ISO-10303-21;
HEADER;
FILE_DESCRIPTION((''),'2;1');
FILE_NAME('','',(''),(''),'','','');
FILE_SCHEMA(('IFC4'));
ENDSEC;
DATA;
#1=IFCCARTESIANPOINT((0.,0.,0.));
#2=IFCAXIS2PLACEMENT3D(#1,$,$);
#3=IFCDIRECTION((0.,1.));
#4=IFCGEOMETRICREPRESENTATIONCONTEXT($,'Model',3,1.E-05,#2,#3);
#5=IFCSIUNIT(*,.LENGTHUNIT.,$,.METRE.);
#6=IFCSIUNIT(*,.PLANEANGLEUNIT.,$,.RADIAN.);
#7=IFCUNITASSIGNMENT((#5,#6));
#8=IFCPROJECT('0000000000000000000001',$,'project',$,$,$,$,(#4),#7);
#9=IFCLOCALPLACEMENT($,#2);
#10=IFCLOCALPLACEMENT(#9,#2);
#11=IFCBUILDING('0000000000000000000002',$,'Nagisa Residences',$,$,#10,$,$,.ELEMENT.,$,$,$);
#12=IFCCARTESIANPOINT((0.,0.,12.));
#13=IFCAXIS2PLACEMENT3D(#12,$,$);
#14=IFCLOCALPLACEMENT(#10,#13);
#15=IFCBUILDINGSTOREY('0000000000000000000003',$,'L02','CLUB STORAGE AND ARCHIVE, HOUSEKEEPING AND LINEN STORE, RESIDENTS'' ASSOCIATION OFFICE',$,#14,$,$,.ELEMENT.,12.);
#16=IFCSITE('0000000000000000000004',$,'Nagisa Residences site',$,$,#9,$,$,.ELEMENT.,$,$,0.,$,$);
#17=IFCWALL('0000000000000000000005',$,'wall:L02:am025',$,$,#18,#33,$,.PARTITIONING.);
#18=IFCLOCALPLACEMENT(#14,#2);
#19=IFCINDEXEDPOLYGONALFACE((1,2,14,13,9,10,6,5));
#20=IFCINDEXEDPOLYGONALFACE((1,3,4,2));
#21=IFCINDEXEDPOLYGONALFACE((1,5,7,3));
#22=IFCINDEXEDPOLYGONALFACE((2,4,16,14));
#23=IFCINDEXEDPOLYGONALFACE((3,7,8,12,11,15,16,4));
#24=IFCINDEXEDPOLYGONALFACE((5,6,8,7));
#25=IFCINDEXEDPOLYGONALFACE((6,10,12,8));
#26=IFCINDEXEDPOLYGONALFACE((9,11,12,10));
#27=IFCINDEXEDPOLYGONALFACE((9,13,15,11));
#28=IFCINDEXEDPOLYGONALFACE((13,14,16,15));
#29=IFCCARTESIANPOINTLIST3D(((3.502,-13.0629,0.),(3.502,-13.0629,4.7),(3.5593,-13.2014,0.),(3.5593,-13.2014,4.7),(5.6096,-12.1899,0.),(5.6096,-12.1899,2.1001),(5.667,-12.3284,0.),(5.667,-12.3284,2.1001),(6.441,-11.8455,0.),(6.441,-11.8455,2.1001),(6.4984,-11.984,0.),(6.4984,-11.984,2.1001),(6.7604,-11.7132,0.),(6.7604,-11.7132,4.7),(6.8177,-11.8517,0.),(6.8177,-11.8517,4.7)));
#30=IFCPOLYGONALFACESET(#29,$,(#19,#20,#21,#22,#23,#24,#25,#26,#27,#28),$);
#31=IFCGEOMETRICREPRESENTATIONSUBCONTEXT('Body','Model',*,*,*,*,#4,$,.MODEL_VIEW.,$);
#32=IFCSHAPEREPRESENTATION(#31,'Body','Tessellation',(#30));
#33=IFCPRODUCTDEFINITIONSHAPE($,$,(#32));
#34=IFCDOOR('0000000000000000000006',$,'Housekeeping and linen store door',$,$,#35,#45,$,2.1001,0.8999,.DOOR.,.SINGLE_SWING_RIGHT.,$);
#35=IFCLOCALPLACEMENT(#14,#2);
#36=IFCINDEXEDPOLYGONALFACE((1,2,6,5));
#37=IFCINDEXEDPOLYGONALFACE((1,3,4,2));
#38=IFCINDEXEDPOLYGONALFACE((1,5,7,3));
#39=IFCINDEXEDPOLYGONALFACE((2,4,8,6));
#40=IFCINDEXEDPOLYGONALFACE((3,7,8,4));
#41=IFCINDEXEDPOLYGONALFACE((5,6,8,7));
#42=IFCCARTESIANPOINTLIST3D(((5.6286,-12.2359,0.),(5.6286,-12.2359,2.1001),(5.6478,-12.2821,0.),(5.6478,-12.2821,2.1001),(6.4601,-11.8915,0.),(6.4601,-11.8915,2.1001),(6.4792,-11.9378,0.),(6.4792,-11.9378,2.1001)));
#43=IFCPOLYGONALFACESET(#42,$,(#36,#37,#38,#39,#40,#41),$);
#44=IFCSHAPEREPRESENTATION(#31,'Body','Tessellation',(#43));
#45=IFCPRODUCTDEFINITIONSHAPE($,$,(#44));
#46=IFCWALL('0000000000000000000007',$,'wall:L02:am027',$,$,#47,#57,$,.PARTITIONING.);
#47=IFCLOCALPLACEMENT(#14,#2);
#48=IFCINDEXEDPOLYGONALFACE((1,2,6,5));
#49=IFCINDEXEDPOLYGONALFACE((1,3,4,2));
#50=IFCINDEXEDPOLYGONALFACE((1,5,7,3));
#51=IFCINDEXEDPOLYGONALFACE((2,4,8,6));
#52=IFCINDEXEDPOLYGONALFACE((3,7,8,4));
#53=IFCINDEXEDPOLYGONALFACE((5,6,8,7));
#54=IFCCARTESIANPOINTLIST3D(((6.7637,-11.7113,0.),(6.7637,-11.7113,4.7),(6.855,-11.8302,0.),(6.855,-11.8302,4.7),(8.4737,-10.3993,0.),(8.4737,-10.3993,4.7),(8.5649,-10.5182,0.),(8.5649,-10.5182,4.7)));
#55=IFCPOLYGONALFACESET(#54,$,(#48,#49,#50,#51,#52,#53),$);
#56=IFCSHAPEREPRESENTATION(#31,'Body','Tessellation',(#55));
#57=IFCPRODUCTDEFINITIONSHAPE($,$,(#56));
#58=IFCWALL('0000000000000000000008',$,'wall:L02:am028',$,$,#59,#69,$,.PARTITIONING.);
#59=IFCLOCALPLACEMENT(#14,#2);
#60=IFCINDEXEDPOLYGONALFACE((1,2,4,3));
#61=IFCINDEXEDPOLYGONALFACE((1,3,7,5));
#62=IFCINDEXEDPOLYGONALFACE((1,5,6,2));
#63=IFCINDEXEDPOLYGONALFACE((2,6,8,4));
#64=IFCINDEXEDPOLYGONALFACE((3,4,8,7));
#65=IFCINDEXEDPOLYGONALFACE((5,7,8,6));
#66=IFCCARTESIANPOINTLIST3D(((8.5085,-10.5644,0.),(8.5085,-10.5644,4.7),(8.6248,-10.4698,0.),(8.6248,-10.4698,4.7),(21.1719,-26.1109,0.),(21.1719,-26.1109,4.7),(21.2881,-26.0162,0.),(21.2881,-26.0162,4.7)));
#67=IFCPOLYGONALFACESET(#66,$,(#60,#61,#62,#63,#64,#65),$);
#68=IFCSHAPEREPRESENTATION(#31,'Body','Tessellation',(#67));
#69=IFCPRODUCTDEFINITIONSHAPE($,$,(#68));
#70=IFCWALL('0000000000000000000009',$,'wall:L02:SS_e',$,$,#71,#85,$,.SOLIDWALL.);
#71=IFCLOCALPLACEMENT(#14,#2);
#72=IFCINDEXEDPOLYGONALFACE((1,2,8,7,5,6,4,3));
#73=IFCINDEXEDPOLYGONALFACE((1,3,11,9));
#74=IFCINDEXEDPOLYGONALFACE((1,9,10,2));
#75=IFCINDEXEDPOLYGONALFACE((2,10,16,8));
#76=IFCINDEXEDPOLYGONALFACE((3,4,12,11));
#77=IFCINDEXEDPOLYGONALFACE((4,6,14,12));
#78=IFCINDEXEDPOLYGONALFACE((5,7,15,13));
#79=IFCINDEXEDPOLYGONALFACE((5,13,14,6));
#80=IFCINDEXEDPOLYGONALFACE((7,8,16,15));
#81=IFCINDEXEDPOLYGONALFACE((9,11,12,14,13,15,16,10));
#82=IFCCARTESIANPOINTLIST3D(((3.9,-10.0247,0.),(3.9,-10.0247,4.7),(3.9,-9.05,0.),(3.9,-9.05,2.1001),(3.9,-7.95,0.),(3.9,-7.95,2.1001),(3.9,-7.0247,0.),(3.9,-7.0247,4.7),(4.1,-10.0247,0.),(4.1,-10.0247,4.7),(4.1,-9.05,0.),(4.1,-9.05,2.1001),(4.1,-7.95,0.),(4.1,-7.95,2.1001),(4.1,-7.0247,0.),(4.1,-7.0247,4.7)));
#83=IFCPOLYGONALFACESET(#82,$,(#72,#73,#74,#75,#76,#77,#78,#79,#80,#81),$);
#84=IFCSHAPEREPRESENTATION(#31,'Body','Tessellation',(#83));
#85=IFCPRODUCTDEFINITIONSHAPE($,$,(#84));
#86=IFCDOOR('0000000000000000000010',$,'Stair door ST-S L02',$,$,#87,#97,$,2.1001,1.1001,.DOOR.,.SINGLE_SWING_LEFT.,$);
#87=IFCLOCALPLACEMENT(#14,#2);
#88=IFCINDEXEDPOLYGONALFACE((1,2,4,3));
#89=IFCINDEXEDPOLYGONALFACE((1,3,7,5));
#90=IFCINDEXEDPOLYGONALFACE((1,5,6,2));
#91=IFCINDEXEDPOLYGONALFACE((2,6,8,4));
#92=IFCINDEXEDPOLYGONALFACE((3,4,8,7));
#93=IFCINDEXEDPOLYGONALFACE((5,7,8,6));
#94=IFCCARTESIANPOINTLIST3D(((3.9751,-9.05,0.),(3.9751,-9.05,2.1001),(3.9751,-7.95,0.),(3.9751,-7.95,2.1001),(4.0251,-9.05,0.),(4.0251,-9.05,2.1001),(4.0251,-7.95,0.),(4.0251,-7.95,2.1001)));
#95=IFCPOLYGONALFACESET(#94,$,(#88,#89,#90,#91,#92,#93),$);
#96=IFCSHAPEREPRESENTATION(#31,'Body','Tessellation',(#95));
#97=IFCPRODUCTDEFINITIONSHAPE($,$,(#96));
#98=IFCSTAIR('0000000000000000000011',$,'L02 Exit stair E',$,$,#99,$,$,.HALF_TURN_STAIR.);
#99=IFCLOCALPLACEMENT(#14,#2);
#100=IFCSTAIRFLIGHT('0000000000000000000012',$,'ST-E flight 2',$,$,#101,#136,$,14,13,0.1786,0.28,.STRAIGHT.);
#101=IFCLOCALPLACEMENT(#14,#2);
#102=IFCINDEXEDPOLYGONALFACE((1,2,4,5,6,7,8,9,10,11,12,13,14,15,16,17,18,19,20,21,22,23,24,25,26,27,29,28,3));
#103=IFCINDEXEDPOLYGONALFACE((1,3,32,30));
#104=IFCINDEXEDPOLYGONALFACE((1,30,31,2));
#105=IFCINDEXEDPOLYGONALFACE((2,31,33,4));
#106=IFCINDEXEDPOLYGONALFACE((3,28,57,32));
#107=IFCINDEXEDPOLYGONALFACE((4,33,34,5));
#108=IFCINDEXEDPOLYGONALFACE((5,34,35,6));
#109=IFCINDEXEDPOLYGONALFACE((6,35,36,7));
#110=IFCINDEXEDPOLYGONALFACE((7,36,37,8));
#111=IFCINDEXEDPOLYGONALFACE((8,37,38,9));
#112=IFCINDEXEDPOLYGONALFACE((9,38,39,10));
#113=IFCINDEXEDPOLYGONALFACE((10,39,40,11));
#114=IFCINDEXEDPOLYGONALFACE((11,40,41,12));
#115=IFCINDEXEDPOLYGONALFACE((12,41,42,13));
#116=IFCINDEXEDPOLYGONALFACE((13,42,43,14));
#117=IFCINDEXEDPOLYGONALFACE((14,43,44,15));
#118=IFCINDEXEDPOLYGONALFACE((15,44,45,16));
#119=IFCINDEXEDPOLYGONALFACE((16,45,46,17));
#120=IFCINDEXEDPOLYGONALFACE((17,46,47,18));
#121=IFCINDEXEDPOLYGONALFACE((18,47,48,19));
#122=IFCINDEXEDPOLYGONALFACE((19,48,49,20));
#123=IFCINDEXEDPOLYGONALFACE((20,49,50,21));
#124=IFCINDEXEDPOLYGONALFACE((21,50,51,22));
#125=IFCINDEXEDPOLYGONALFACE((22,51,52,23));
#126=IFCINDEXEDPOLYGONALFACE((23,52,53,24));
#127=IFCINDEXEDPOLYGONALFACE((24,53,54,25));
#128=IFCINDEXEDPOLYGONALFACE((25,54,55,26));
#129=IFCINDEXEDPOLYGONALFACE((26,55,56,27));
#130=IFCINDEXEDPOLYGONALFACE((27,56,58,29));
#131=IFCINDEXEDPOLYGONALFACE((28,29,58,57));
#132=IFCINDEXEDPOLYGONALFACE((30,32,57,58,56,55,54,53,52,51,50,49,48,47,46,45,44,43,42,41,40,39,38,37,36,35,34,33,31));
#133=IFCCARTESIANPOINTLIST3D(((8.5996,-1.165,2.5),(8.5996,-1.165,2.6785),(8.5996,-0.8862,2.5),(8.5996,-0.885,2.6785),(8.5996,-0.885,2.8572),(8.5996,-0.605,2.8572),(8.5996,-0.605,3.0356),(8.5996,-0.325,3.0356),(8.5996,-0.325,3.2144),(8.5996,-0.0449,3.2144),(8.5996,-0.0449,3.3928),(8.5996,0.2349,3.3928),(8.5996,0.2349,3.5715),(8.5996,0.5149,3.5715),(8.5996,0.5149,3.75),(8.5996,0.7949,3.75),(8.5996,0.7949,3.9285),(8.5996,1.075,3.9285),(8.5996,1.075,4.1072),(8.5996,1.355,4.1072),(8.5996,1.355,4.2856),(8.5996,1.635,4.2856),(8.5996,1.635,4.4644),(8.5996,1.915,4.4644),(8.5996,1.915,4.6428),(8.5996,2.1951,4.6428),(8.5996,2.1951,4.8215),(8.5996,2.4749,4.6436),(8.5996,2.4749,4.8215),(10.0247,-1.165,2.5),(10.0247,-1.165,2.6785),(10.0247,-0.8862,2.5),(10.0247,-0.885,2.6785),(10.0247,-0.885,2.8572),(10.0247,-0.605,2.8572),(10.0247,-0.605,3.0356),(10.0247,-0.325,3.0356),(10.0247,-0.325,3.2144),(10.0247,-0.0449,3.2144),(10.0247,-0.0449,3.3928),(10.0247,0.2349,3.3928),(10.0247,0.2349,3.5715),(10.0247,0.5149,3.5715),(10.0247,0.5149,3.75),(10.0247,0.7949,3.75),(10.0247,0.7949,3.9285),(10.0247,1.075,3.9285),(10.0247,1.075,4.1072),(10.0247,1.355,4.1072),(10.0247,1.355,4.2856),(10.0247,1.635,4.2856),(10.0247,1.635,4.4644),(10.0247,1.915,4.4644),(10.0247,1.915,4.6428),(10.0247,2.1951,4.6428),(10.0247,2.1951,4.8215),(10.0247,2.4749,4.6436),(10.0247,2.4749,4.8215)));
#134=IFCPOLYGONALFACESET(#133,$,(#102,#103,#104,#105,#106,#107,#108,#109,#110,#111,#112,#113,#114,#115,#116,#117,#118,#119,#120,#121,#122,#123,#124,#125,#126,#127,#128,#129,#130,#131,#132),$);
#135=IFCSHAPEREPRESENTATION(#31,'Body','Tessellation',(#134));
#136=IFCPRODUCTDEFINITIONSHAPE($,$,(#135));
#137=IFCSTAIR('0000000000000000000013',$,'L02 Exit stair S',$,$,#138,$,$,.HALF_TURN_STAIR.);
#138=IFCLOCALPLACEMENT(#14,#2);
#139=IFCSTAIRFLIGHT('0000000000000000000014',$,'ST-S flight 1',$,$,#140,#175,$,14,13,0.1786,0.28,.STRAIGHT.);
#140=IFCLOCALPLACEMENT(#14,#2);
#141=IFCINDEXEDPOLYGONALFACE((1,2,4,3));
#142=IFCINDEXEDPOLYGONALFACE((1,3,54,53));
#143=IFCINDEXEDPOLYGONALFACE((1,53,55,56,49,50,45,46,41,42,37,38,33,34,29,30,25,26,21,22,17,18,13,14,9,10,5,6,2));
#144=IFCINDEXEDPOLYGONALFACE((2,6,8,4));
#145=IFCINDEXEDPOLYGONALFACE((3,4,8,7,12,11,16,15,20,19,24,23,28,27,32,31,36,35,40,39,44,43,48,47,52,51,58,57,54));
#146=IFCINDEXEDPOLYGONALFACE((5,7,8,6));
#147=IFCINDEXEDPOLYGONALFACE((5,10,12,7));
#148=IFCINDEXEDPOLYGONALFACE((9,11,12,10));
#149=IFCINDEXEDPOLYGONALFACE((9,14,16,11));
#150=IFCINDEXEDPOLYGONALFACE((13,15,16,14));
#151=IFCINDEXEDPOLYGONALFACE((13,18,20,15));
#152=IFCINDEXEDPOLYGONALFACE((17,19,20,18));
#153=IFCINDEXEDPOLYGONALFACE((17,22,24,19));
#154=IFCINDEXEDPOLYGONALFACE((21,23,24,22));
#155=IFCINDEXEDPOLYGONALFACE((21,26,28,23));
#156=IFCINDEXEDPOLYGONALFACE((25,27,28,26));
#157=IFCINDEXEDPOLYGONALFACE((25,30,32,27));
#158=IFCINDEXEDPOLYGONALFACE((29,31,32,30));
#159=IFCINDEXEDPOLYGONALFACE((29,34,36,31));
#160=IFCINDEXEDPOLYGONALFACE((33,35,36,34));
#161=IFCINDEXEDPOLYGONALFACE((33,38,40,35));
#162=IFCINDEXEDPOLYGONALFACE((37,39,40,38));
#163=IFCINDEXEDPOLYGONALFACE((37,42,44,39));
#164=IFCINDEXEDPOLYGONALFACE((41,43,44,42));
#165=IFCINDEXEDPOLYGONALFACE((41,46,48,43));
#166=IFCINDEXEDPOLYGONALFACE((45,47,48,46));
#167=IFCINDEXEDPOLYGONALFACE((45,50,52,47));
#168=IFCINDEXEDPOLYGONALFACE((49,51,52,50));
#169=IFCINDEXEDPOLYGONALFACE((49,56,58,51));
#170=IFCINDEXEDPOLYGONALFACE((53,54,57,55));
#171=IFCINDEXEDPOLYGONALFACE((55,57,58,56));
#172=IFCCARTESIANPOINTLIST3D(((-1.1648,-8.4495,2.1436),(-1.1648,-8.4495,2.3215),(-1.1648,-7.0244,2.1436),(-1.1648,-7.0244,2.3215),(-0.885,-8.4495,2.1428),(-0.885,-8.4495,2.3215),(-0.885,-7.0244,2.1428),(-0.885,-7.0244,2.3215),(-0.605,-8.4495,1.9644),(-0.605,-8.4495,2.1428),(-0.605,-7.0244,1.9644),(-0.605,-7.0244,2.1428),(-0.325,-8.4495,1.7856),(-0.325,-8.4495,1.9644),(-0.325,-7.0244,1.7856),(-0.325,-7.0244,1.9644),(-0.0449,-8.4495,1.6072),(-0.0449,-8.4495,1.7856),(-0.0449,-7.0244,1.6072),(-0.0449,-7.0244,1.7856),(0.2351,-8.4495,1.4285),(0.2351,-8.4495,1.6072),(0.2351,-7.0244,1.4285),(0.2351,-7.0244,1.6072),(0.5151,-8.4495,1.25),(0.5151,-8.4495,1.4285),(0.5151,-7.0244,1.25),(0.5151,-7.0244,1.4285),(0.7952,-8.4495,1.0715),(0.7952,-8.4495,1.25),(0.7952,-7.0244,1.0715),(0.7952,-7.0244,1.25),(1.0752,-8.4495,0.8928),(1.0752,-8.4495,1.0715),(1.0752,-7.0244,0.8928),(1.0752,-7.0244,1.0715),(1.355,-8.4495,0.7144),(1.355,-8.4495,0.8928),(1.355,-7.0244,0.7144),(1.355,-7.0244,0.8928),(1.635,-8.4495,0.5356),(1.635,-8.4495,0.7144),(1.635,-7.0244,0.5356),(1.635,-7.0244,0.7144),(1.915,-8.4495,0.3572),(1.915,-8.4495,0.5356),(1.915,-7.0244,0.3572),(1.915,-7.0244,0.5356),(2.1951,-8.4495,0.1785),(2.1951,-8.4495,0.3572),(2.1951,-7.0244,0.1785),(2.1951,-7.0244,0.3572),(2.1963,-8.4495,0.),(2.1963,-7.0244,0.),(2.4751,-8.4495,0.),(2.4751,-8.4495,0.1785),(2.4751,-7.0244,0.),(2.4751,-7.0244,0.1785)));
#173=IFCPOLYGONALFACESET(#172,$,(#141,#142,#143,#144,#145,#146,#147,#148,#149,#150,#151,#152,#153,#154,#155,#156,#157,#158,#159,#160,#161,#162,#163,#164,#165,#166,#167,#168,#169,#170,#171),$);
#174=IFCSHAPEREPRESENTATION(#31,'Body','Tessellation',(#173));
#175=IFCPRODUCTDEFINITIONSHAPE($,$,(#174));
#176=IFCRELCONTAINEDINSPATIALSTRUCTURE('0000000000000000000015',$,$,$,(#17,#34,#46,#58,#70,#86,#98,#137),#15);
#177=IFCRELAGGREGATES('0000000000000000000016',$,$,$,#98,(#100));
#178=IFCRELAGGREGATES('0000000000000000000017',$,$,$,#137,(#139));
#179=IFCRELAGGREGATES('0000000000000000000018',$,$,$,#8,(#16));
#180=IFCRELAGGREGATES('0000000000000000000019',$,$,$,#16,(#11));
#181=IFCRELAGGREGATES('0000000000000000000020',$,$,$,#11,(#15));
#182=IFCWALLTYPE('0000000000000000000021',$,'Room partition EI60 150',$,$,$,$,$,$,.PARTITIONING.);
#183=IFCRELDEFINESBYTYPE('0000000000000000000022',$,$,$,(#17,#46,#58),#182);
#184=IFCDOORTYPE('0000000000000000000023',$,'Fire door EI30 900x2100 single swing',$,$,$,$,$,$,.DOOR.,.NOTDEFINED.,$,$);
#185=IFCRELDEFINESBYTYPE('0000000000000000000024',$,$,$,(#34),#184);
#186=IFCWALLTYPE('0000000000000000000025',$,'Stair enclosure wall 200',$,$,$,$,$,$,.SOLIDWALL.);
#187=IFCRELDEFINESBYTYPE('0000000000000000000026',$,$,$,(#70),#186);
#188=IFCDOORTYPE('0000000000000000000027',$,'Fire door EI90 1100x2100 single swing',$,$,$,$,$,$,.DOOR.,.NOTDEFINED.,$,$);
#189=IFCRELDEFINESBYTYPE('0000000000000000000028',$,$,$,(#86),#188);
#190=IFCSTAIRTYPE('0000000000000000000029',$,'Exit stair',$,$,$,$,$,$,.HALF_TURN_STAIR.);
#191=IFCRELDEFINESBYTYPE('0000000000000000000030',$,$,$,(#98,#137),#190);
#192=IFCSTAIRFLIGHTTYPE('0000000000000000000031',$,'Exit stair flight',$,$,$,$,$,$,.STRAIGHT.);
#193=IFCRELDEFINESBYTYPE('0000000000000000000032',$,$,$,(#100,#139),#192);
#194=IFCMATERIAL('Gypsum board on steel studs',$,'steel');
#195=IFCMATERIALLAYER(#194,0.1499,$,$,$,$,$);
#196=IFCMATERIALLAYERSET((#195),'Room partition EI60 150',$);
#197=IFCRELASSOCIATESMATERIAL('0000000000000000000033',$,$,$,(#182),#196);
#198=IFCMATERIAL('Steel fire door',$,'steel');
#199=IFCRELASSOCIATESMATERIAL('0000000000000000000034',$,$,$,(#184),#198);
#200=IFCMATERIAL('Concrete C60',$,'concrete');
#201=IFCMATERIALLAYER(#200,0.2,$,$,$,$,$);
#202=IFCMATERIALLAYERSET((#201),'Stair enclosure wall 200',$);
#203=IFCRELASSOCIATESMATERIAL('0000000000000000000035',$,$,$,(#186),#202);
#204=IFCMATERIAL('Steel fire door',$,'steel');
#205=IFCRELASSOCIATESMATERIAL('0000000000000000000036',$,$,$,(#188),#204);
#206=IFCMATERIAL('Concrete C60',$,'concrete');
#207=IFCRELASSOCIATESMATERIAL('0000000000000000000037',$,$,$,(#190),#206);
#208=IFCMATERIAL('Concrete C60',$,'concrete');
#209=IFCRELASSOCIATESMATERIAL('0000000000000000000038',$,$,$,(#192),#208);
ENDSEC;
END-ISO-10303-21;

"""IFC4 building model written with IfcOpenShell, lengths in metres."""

from ifc_helpers import new_model, si_unit, direction, frame, frame_2d, origin, place, context, subcontext, project, spatial, polyline, rectangle, outline, extrude, material, layer, layer_set, type_object, element, fill, aggregate, save


model = new_model("IFC4")

# Units and contexts
model_context = context("Model", 3, precision=1e-05, world=origin(), true_north=direction((0.0, 1.0)))
body_context = subcontext(model_context, "Body", "Model", "MODEL_VIEW")
ifc_project = project(units=[si_unit("LENGTHUNIT", "METRE"), si_unit("PLANEANGLEUNIT", "RADIAN")], contexts=[model_context])

# Site, building, storey
site_placement = place(None, origin())
site = spatial("IfcSite", under=ifc_project, at=site_placement, Name="Nagisa Residences site", CompositionType="ELEMENT", RefElevation=0.0)
building_placement = place(site_placement, origin())
building = spatial("IfcBuilding", under=site, at=building_placement, Name="Nagisa Residences", CompositionType="ELEMENT")
storey_placement = place(building_placement, frame((0.0, 0.0, 12.0)))
storey = spatial("IfcBuildingStorey", under=building, at=storey_placement, Name="L02", Description="CLUB STORAGE AND ARCHIVE, HOUSEKEEPING AND LINEN STORE, RESIDENTS' ASSOCIATION OFFICE", CompositionType="ELEMENT", Elevation=12.0)

# Shared definitions
ifc_material_1 = material(Name="Gypsum board on steel studs", Category="steel")
ifc_layer_1 = layer(ifc_material_1, 0.1499)
ifc_layer_set_1 = layer_set([ifc_layer_1], Name="Room partition EI60 150")
wall_type_1 = type_object("IfcWallType", Name="Room partition EI60 150", PredefinedType="PARTITIONING", material=ifc_layer_set_1)
ifc_material_2 = material(Name="Steel fire door", Category="steel")
door_type_1 = type_object("IfcDoorType", Name="Fire door EI30 900x2100 single swing", OperationType="NOTDEFINED", PredefinedType="DOOR", material=ifc_material_2)

# Wall, opening, door
wall_1_placement = place(storey_placement, frame((6.7891, -11.7825, 0.0), z_axis=(0.0, 0.0, 1.0), x_axis=(-0.923882, -0.382678, 0.0)))
wall_1 = element("IfcWall", 1, at=wall_1_placement, inside=storey, type_object=wall_type_1, Name="wall:L02:am025", PredefinedType="PARTITIONING", context=body_context, shape_type="SweptSolid", body=[
    extrude(rectangle(XDim=3.5269, YDim=0.1499, at=frame_2d((1.7634, 0.0))), origin(), (0.0, 0.0, 1.0), 4.7),
])
opening_1_placement = place(wall_1_placement, frame((0.3457, 0.0, 0.0)))
opening_1 = element("IfcOpeningElement", 2, at=opening_1_placement, cuts=wall_1, PredefinedType="OPENING", context=body_context, shape_type="SweptSolid", body=[
    extrude(rectangle(XDim=0.8999, YDim=2.1001, at=frame_2d((0.45, 1.05))), frame((0.0, 0.085, 0.0), z_axis=(0.0, -1.0, 0.0), x_axis=(1.0, 0.0, 0.0)), (0.0, 0.0, 1.0), 0.1699),
])
door_1_placement = place(opening_1_placement, origin())
door_1 = element("IfcDoor", 3, at=door_1_placement, inside=storey, type_object=door_type_1, Name="Housekeeping and linen store door", OperationType="SINGLE_SWING_RIGHT", OverallHeight=2.1001, OverallWidth=0.8999, PredefinedType="DOOR", context=body_context, shape_type="SweptSolid", body=[
    extrude(rectangle(XDim=0.8999, YDim=2.1001, at=frame_2d((0.45, 1.05))), frame((0.0, 0.0249, 0.0), z_axis=(0.0, -1.0, 0.0), x_axis=(1.0, 0.0, 0.0)), (0.0, 0.0, 1.0), 0.05),
])
fill(opening_1, door_1)

# Walls
wall_2_placement = place(storey_placement, frame((8.5193, -10.4587, 0.0), z_axis=(0.0, 0.0, 1.0), x_axis=(-0.793373, -0.608736, 0.0)))
element("IfcWall", 4, at=wall_2_placement, inside=storey, type_object=wall_type_1, Name="wall:L02:am027", PredefinedType="PARTITIONING", context=body_context, shape_type="SweptSolid", body=[
    extrude(rectangle(XDim=2.1553, YDim=0.1499, at=frame_2d((1.0776, 0.0))), origin(), (0.0, 0.0, 1.0), 4.7),
])
wall_3_placement = place(storey_placement, frame((8.5667, -10.5171, 0.0), z_axis=(0.0, 0.0, 1.0), x_axis=(0.63155, -0.775335, 0.0)))
element("IfcWall", 5, at=wall_3_placement, inside=storey, type_object=wall_type_1, Name="wall:L02:am028", PredefinedType="PARTITIONING", context=body_context, shape_type="SweptSolid", body=[
    extrude(rectangle(XDim=20.0513, YDim=0.1499, at=frame_2d((10.0256, 0.0))), origin(), (0.0, 0.0, 1.0), 4.7),
])

# Wall, opening, door
ifc_material_3 = material(Name="Concrete C60", Category="concrete")
ifc_layer_2 = layer(ifc_material_3, 0.2)
ifc_layer_set_2 = layer_set([ifc_layer_2], Name="Stair enclosure wall 200")
wall_type_2 = type_object("IfcWallType", Name="Stair enclosure wall 200", PredefinedType="SOLIDWALL", material=ifc_layer_set_2)
wall_4_placement = place(storey_placement, frame((4.0, -10.0247, 0.0), z_axis=(0.0, 0.0, 1.0), x_axis=(0.0, 1.0, 0.0)))
wall_4 = element("IfcWall", 6, at=wall_4_placement, inside=storey, type_object=wall_type_2, Name="wall:L02:SS_e", PredefinedType="SOLIDWALL", context=body_context, shape_type="SweptSolid", body=[
    extrude(rectangle(XDim=3.0, YDim=0.2, at=frame_2d((1.5, 0.0))), origin(), (0.0, 0.0, 1.0), 4.7),
])
opening_2_placement = place(wall_4_placement, frame((0.9746, 0.0, 0.0)))
opening_2 = element("IfcOpeningElement", 7, at=opening_2_placement, cuts=wall_4, PredefinedType="OPENING", context=body_context, shape_type="SweptSolid", body=[
    extrude(rectangle(XDim=1.1001, YDim=2.1001, at=frame_2d((0.55, 1.05))), frame((0.0, 0.1099, 0.0), z_axis=(0.0, -1.0, 0.0), x_axis=(1.0, 0.0, 0.0)), (0.0, 0.0, 1.0), 0.22),
])
ifc_material_4 = material(Name="Steel fire door", Category="steel")
door_type_2 = type_object("IfcDoorType", Name="Fire door EI90 1100x2100 single swing", OperationType="NOTDEFINED", PredefinedType="DOOR", material=ifc_material_4)
door_2_placement = place(opening_2_placement, origin())
door_2 = element("IfcDoor", 8, at=door_2_placement, inside=storey, type_object=door_type_2, Name="Stair door ST-S L02", OperationType="SINGLE_SWING_LEFT", OverallHeight=2.1001, OverallWidth=1.1001, PredefinedType="DOOR", context=body_context, shape_type="SweptSolid", body=[
    extrude(rectangle(XDim=1.1001, YDim=2.1001, at=frame_2d((0.55, 1.05))), frame((0.0, 0.0249, 0.0), z_axis=(0.0, -1.0, 0.0), x_axis=(1.0, 0.0, 0.0)), (0.0, 0.0, 1.0), 0.05),
])
fill(opening_2, door_2)

# Stairs, stair flights
ifc_material_5 = material(Name="Concrete C60", Category="concrete")
stair_type = type_object("IfcStairType", Name="Exit stair", PredefinedType="HALF_TURN_STAIR", material=ifc_material_5)
stair_1_placement = place(storey_placement, origin())
stair_1 = element("IfcStair", 9, at=stair_1_placement, inside=storey, type_object=stair_type, Name="L02 Exit stair E", PredefinedType="HALF_TURN_STAIR")
ifc_material_6 = material(Name="Concrete C60", Category="concrete")
stair_flight_type = type_object("IfcStairFlightType", Name="Exit stair flight", PredefinedType="STRAIGHT", material=ifc_material_6)
stair_flight_1_placement = place(storey_placement, frame((9.312, -1.165, 2.5), z_axis=(0.0, 0.0, 1.0), x_axis=(0.0, 1.0, 0.0)))
stair_flight_1 = element("IfcStairFlight", 10, at=stair_flight_1_placement, type_object=stair_flight_type, Name="ST-E flight 2", NumberOfRisers=14, NumberOfTreads=13, PredefinedType="STRAIGHT", RiserHeight=0.1786, TreadLength=0.28, context=body_context, shape_type="SweptSolid", body=[
    extrude(outline(polyline([(0.0, 0.0), (0.0, 0.1785), (0.28, 0.1785), (0.28, 0.3572), (0.5601, 0.3572), (0.5601, 0.5356), (0.8401, 0.5356), (0.8401, 0.7144), (1.1201, 0.7144), (1.1201, 0.8928), (1.3999, 0.8928), (1.3999, 1.0715), (1.6799, 1.0715), (1.6799, 1.25), (1.96, 1.25), (1.96, 1.4285), (2.24, 1.4285), (2.24, 1.6072), (2.52, 1.6072), (2.52, 1.7856), (2.8, 1.7856), (2.8, 1.9644), (3.0801, 1.9644), (3.0801, 2.1428), (3.3601, 2.1428), (3.3601, 2.3215), (3.6399, 2.3215), (3.6399, 2.5), (3.6399, 2.1436), (0.2788, 0.0), (0.0, 0.0)])), frame((0.0, 0.7124, 0.0), z_axis=(0.0, -1.0, 0.0), x_axis=(1.0, 0.0, 0.0)), (0.0, 0.0, 1.0), 1.425),
])
aggregate(stair_1, [stair_flight_1])
stair_2_placement = place(storey_placement, origin())
stair_2 = element("IfcStair", 11, at=stair_2_placement, inside=storey, type_object=stair_type, Name="L02 Exit stair S", PredefinedType="HALF_TURN_STAIR")
stair_flight_2_placement = place(storey_placement, frame((2.4751, -7.7371, 0.0), z_axis=(0.0, 0.0, 1.0), x_axis=(-1.0, 0.0, 0.0)))
stair_flight_2 = element("IfcStairFlight", 12, at=stair_flight_2_placement, type_object=stair_flight_type, Name="ST-S flight 1", NumberOfRisers=14, NumberOfTreads=13, PredefinedType="STRAIGHT", RiserHeight=0.1786, TreadLength=0.28, context=body_context, shape_type="SweptSolid", body=[
    extrude(outline(polyline([(0.0, 0.0), (0.0, 0.1785), (0.28, 0.1785), (0.28, 0.3572), (0.5601, 0.3572), (0.5601, 0.5356), (0.8401, 0.5356), (0.8401, 0.7144), (1.1201, 0.7144), (1.1201, 0.8928), (1.3999, 0.8928), (1.3999, 1.0715), (1.6799, 1.0715), (1.6799, 1.25), (1.96, 1.25), (1.96, 1.4285), (2.24, 1.4285), (2.24, 1.6072), (2.52, 1.6072), (2.52, 1.7856), (2.8, 1.7856), (2.8, 1.9644), (3.0801, 1.9644), (3.0801, 2.1428), (3.3601, 2.1428), (3.3601, 2.3215), (3.6399, 2.3215), (3.6399, 2.5), (3.6399, 2.1436), (0.2788, 0.0), (0.0, 0.0)])), frame((0.0, 0.7124, 0.0), z_axis=(0.0, -1.0, 0.0), x_axis=(1.0, 0.0, 0.0)), (0.0, 0.0, 1.0), 1.425),
])
aggregate(stair_2, [stair_flight_2])

save(model, "model.ifc")
